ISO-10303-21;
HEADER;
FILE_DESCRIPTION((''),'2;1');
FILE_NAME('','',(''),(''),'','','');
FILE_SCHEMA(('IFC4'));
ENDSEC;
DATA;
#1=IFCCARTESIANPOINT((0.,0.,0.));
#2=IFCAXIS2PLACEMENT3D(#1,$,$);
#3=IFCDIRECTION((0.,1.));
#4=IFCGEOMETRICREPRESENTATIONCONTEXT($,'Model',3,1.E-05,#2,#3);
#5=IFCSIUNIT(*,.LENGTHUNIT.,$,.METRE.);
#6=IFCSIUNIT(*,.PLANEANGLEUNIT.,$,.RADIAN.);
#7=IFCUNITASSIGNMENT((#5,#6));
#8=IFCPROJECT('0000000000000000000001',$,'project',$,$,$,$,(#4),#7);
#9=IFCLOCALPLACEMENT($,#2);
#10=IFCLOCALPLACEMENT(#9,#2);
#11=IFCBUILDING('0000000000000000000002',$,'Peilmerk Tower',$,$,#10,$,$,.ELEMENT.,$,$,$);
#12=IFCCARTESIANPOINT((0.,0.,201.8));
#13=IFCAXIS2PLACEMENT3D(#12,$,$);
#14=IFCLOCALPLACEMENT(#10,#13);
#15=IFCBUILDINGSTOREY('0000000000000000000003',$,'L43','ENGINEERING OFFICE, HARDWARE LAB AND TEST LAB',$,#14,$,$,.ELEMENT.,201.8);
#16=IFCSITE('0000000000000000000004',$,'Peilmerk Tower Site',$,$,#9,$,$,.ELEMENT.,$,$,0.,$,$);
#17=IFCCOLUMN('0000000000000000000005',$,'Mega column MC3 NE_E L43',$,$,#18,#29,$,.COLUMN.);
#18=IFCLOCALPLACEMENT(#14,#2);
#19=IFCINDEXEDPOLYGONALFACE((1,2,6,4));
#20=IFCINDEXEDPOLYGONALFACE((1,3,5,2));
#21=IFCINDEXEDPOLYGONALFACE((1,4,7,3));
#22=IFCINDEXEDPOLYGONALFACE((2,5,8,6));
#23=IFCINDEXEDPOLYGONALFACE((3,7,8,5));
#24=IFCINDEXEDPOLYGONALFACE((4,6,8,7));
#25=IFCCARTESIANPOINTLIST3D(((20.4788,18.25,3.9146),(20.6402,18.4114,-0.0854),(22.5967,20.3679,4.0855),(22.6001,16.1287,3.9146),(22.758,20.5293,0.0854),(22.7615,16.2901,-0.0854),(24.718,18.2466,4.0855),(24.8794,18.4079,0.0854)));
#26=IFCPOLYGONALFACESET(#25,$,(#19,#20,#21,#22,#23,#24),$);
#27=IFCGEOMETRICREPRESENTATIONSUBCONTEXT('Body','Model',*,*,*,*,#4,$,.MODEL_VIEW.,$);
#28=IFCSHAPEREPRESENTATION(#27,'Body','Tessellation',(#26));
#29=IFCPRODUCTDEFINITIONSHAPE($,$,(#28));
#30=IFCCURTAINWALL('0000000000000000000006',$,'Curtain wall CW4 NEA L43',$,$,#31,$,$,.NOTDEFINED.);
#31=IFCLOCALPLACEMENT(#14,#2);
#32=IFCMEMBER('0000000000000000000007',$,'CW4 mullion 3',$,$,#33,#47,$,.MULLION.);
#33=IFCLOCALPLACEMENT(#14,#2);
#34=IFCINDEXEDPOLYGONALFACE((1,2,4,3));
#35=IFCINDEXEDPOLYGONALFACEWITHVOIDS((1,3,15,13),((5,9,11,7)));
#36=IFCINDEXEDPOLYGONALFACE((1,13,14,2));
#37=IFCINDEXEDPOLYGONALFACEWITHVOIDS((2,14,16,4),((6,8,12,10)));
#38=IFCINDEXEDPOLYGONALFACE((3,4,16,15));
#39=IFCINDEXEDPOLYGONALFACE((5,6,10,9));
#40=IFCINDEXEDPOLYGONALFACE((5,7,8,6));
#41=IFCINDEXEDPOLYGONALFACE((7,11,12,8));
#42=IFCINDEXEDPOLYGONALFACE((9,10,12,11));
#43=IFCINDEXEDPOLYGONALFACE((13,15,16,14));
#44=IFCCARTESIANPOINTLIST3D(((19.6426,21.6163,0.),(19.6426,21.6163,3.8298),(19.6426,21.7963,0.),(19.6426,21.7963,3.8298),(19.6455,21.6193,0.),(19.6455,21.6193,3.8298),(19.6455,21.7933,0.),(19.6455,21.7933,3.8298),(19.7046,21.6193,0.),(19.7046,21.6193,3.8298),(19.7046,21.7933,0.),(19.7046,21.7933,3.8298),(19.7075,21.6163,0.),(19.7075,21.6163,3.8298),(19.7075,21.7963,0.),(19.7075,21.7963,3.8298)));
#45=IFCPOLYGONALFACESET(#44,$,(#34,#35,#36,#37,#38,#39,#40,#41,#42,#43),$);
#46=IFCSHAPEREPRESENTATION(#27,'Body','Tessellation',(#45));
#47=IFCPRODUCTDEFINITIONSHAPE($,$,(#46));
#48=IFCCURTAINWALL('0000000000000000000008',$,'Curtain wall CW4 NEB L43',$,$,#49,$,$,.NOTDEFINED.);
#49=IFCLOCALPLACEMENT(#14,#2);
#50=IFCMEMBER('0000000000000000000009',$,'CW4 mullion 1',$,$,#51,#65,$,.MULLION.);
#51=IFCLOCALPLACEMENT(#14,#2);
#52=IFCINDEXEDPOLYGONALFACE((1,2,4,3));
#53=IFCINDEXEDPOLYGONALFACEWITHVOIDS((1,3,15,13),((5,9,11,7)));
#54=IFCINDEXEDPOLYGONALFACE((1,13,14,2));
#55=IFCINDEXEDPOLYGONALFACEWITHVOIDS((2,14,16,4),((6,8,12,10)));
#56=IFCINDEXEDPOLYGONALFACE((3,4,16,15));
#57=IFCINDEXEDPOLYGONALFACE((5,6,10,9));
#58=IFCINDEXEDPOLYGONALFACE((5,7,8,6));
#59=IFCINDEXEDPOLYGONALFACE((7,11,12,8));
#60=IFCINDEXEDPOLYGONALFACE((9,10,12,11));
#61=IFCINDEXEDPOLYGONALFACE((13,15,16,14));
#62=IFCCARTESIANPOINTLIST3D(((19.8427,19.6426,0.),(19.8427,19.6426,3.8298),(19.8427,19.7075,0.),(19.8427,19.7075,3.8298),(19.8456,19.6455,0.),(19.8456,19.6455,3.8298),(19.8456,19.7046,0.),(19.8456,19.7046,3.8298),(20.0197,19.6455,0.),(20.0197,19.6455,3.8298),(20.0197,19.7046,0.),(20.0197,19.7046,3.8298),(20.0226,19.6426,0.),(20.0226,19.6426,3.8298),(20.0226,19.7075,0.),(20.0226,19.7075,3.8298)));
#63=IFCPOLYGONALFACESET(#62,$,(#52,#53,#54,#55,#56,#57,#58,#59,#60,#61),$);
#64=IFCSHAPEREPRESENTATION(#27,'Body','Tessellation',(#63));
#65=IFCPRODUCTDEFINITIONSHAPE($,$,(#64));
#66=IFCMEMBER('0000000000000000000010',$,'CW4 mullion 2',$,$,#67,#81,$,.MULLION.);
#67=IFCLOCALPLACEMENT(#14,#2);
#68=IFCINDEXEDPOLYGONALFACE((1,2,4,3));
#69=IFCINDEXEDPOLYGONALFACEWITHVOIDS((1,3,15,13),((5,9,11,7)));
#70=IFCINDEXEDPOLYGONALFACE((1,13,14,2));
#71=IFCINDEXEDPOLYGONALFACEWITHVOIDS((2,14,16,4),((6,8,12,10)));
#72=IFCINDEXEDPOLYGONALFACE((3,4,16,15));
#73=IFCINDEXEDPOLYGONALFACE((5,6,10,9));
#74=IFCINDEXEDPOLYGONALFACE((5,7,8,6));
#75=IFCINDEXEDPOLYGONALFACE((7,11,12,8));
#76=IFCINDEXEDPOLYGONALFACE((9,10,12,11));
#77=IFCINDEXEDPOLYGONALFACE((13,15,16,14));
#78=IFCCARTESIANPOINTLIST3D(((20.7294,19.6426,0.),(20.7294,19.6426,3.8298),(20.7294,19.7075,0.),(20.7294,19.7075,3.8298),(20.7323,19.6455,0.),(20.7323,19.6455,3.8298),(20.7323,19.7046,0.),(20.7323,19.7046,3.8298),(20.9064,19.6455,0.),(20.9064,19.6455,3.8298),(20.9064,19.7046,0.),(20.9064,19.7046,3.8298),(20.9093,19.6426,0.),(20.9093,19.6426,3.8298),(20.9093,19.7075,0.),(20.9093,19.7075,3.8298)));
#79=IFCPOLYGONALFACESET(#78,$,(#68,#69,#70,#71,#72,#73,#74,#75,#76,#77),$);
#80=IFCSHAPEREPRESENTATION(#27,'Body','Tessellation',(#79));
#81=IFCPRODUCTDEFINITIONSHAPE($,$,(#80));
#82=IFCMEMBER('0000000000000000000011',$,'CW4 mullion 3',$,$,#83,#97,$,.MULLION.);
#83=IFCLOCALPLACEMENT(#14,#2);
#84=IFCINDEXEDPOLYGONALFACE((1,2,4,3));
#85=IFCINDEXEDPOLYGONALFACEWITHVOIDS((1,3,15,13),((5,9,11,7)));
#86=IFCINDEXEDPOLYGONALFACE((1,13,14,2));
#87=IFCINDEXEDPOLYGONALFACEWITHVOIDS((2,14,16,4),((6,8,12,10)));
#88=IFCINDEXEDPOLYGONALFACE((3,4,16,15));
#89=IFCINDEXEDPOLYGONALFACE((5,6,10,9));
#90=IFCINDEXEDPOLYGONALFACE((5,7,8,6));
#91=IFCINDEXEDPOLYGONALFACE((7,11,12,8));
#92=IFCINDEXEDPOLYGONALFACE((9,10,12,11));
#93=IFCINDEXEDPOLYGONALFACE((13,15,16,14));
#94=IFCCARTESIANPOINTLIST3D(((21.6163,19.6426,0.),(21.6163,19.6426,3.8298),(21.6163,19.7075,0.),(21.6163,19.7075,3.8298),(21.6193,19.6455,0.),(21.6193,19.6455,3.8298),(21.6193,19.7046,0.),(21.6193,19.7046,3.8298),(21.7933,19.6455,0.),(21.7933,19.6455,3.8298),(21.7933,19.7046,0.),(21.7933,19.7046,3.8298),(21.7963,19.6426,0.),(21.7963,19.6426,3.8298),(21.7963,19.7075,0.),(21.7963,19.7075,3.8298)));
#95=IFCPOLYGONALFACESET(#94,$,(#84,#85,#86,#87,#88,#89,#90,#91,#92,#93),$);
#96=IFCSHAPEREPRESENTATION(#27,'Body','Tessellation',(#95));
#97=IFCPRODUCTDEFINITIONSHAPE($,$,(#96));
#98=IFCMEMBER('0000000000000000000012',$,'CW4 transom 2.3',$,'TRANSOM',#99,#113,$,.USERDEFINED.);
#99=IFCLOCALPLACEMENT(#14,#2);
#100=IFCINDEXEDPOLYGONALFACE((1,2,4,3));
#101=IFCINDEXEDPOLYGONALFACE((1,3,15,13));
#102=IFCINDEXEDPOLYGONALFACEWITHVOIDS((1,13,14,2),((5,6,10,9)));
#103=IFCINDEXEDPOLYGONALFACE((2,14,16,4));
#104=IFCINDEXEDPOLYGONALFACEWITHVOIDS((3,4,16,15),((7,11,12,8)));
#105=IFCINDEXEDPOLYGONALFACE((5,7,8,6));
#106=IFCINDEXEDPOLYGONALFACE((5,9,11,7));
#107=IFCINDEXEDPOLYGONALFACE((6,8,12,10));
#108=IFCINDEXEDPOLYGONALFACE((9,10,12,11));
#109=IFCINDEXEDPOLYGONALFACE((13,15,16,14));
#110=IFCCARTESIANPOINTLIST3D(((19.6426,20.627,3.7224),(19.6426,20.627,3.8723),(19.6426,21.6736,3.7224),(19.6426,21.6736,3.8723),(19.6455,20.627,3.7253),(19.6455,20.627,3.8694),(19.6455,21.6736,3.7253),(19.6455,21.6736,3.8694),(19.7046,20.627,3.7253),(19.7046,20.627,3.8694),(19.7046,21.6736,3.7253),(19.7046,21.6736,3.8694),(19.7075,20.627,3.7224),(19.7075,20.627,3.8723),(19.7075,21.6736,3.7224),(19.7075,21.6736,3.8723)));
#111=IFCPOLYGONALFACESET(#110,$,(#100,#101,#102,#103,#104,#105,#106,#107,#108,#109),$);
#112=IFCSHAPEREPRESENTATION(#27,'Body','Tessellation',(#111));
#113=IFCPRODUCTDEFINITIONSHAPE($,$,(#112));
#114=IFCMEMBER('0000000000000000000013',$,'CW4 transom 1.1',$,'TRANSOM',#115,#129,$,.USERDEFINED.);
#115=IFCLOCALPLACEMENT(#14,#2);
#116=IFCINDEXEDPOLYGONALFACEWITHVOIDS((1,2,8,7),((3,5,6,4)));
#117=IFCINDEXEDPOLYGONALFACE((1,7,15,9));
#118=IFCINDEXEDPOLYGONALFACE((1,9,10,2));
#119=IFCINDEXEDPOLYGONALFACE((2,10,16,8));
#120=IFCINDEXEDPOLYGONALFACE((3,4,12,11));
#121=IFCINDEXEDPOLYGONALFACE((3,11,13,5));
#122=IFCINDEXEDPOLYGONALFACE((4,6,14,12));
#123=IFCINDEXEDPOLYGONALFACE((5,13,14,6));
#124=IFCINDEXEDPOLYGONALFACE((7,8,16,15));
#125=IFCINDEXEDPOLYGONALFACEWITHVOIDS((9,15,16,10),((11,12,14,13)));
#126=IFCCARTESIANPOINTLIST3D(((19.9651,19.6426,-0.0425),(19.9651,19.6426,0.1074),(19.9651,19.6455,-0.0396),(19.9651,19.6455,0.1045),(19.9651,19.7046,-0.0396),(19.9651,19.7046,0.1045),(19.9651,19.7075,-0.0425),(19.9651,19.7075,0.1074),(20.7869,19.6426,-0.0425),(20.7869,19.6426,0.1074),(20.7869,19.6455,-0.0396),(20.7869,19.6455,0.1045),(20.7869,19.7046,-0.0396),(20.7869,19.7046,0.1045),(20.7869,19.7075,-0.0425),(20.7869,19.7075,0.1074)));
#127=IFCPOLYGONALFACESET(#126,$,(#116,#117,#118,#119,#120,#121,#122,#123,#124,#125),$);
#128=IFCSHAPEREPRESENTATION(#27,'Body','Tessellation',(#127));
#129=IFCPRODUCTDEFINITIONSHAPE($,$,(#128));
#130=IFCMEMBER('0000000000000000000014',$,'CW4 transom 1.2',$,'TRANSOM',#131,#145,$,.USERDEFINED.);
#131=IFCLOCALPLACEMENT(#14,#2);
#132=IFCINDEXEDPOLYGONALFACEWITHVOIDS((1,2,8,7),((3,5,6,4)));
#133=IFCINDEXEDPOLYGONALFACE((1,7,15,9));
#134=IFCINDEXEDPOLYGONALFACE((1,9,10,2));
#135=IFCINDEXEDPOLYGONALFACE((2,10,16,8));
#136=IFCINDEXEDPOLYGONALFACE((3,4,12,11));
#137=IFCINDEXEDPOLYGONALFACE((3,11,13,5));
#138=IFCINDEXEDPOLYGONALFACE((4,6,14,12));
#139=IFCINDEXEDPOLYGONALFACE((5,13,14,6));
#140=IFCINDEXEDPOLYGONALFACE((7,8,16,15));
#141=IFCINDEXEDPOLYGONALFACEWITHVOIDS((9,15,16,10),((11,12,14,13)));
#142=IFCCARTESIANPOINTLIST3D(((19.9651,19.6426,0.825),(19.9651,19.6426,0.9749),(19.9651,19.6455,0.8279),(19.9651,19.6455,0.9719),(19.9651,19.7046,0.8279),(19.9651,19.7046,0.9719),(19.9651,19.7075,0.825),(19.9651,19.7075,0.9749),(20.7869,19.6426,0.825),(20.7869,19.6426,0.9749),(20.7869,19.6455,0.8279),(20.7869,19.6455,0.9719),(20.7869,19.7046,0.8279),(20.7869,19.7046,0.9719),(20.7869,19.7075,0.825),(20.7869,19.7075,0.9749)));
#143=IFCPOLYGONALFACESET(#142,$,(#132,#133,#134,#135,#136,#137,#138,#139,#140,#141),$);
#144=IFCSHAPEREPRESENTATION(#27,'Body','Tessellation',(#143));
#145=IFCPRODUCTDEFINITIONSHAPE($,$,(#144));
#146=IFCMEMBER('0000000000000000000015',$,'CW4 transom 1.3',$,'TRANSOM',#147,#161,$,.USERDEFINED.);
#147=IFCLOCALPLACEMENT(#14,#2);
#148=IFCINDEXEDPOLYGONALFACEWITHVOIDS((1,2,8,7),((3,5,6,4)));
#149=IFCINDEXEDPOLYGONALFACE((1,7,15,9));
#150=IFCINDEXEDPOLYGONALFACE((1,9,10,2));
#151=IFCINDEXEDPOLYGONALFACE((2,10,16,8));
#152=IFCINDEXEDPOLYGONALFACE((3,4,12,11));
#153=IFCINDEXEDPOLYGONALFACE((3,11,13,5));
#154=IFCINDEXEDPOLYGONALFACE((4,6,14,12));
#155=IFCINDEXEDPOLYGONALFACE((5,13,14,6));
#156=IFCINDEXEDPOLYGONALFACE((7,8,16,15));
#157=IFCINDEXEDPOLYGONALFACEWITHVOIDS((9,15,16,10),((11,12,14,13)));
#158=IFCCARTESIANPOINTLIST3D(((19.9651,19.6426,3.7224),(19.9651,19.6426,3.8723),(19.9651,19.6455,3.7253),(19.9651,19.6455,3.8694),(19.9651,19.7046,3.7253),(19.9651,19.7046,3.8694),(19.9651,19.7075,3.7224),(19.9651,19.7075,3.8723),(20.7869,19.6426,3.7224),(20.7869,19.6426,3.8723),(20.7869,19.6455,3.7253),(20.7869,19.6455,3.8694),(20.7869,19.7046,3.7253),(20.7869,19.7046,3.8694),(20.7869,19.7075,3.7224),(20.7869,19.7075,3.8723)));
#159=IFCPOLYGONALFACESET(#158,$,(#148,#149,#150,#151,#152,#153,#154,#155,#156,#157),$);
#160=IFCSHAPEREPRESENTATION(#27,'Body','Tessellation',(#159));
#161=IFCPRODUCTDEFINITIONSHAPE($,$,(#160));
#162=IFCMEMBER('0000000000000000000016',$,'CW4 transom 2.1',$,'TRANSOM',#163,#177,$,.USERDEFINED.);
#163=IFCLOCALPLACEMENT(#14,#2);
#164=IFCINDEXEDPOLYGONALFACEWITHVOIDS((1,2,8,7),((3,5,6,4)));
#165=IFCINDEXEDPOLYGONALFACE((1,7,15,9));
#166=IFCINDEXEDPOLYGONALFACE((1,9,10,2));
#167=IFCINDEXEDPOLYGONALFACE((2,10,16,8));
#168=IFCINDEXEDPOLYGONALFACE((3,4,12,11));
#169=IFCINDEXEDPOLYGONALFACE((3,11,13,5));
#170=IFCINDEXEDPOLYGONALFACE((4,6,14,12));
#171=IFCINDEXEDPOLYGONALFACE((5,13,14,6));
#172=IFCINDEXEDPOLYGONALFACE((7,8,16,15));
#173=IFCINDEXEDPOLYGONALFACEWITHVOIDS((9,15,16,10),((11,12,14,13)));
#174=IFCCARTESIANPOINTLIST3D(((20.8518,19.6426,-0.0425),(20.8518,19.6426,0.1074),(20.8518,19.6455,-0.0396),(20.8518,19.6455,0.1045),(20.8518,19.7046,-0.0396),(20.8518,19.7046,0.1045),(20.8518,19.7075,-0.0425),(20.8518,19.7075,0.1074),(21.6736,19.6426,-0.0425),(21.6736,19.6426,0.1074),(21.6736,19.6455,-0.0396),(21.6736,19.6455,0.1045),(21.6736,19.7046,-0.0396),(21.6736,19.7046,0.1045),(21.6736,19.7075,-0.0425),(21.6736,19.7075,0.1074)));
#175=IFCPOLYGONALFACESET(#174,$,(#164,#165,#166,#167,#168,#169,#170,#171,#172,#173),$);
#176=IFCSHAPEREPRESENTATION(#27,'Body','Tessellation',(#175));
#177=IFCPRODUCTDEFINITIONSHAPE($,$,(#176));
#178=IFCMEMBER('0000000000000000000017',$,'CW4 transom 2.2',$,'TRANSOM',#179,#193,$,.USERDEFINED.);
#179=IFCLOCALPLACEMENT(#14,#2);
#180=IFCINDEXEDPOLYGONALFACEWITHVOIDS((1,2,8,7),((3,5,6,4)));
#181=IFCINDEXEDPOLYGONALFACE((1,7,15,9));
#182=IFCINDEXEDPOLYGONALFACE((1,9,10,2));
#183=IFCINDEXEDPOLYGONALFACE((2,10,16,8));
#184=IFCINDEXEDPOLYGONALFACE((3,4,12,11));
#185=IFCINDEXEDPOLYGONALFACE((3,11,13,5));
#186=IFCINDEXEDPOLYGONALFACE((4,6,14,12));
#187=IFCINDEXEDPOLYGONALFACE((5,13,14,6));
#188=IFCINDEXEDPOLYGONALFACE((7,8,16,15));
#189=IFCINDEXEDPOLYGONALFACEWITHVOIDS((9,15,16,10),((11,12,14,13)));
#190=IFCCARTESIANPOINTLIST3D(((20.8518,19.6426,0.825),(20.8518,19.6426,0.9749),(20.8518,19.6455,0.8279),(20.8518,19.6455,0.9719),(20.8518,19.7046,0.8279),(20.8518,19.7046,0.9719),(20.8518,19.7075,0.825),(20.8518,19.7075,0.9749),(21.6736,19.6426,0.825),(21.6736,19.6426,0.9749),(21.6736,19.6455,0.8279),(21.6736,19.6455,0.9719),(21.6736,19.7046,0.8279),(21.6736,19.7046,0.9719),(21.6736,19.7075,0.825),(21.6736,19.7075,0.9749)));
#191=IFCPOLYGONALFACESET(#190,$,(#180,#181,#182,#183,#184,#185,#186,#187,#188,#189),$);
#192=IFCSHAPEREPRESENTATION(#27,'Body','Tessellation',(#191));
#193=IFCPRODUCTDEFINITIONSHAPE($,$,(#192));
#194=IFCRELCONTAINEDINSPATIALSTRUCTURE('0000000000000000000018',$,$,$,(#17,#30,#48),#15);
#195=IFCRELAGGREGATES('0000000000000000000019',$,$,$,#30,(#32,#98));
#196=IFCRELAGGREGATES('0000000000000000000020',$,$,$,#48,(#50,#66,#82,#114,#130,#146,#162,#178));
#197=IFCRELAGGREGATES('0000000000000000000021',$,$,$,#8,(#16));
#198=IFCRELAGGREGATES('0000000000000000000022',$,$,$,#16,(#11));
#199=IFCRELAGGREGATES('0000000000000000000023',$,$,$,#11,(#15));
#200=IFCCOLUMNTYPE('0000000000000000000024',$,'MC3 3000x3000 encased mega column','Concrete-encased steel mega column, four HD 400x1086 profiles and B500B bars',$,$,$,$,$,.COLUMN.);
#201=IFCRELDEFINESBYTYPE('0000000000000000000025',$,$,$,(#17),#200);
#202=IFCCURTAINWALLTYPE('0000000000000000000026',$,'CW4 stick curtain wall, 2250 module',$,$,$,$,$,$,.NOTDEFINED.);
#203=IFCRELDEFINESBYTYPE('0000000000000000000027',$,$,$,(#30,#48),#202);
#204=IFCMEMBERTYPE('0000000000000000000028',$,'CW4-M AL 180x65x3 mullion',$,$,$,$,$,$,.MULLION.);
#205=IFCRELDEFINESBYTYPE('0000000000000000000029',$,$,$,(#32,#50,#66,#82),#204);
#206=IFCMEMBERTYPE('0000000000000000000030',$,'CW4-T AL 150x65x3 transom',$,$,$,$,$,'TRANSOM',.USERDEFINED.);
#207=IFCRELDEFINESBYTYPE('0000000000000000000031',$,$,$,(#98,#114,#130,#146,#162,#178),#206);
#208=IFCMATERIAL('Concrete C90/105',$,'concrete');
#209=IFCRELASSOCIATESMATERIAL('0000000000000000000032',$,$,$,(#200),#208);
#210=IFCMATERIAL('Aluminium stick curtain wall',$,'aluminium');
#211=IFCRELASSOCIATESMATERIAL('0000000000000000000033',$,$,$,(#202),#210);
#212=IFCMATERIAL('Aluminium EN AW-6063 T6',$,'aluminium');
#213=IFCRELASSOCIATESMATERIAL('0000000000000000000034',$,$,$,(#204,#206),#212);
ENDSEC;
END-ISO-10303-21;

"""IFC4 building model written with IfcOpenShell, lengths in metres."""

from ifc_helpers import new_model, si_unit, direction, frame, origin, origin_2d, place, context, subcontext, project, spatial, rectangle, hollow_rectangle, extrude, material, material_profile, profile_set, type_object, element, aggregate, save


model = new_model("IFC4")

# Units and contexts
model_context = context("Model", 3, precision=1e-05, world=origin(), true_north=direction((0.0, 1.0)))
body_context = subcontext(model_context, "Body", "Model", "MODEL_VIEW")
ifc_project = project(units=[si_unit("LENGTHUNIT", "METRE"), si_unit("PLANEANGLEUNIT", "RADIAN")], contexts=[model_context])

# Site, building, storey
site_placement = place(None, origin())
site = spatial("IfcSite", under=ifc_project, at=site_placement, Name="Peilmerk Tower Site", CompositionType="ELEMENT", RefElevation=0.0)
building_placement = place(site_placement, origin())
building = spatial("IfcBuilding", under=site, at=building_placement, Name="Peilmerk Tower", CompositionType="ELEMENT")
storey_placement = place(building_placement, frame((0.0, 0.0, 201.8)))
storey = spatial("IfcBuildingStorey", under=building, at=storey_placement, Name="L43", Description="ENGINEERING OFFICE, HARDWARE LAB AND TEST LAB", CompositionType="ELEMENT", Elevation=201.8)

# Column
ifc_material_1 = material(Name="Concrete C90/105", Category="concrete")
ifc_material_profile_1 = material_profile(ifc_material_1, rectangle(XDim=3.0, YDim=3.0, at=origin_2d()), Name="RC 3000x3000")
ifc_profile_set_1 = profile_set([ifc_material_profile_1], Name="Concrete C90/105")
column_type = type_object("IfcColumnType", Name="MC3 3000x3000 encased mega column", Description="Concrete-encased steel mega column, four HD 400x1086 profiles and B500B bars", PredefinedType="COLUMN", material=ifc_profile_set_1)
column_placement = place(storey_placement, frame((22.7598, 18.4097, 0.0), z_axis=(-0.040279, -0.040279, 0.998376), x_axis=(0.707107, -0.707107, 0.0)))
element("IfcColumn", 1, at=column_placement, inside=storey, type_object=column_type, Name="Mega column MC3 NE_E L43", PredefinedType="COLUMN", context=body_context, shape_type="SweptSolid", body=[
    extrude(rectangle(XDim=3.0, YDim=3.0, at=origin_2d()), origin(), (0.0, 0.0, 1.0), 4.0066),
])

# Curtain wall, member
ifc_material_2 = material(Name="Aluminium stick curtain wall", Category="aluminium")
curtain_wall_type = type_object("IfcCurtainWallType", Name="CW4 stick curtain wall, 2250 module", PredefinedType="NOTDEFINED", material=ifc_material_2)
curtain_wall_1_placement = place(storey_placement, origin())
curtain_wall_1 = element("IfcCurtainWall", 2, at=curtain_wall_1_placement, inside=storey, type_object=curtain_wall_type, Name="Curtain wall CW4 NEA L43", PredefinedType="NOTDEFINED")
ifc_material_3 = material(Name="Aluminium EN AW-6063 T6", Category="aluminium")
ifc_material_profile_2 = material_profile(ifc_material_3, hollow_rectangle(XDim=0.0649, YDim=0.1799, WallThickness=0.0029, at=origin_2d()), Name="AL 180x65x3")
ifc_profile_set_2 = profile_set([ifc_material_profile_2], Name="Aluminium EN AW-6063 T6")
member_type_1 = type_object("IfcMemberType", Name="CW4-M AL 180x65x3 mullion", PredefinedType="MULLION", material=ifc_profile_set_2)
member_1_placement = place(storey_placement, frame((19.675, 21.7063, 0.0), z_axis=(0.0, 0.0, 1.0), x_axis=(-1.0, 0.0, 0.0)))
member_1 = element("IfcMember", 3, at=member_1_placement, type_object=member_type_1, Name="CW4 mullion 3", PredefinedType="MULLION", context=body_context, shape_type="SweptSolid", body=[
    extrude(hollow_rectangle(XDim=0.0649, YDim=0.1799, WallThickness=0.0029, at=origin_2d()), origin(), (0.0, 0.0, 1.0), 3.8298),
])

# Curtain wall, members
curtain_wall_2_placement = place(storey_placement, origin())
curtain_wall_2 = element("IfcCurtainWall", 4, at=curtain_wall_2_placement, inside=storey, type_object=curtain_wall_type, Name="Curtain wall CW4 NEB L43", PredefinedType="NOTDEFINED")
member_2_placement = place(storey_placement, frame((19.9326, 19.675, 0.0), z_axis=(0.0, 0.0, 1.0), x_axis=(0.0, 1.0, 0.0)))
member_2 = element("IfcMember", 5, at=member_2_placement, type_object=member_type_1, Name="CW4 mullion 1", PredefinedType="MULLION", context=body_context, shape_type="SweptSolid", body=[
    extrude(hollow_rectangle(XDim=0.0649, YDim=0.1799, WallThickness=0.0029, at=origin_2d()), origin(), (0.0, 0.0, 1.0), 3.8298),
])
member_3_placement = place(storey_placement, frame((20.8193, 19.675, 0.0), z_axis=(0.0, 0.0, 1.0), x_axis=(0.0, 1.0, 0.0)))
member_3 = element("IfcMember", 6, at=member_3_placement, type_object=member_type_1, Name="CW4 mullion 2", PredefinedType="MULLION", context=body_context, shape_type="SweptSolid", body=[
    extrude(hollow_rectangle(XDim=0.0649, YDim=0.1799, WallThickness=0.0029, at=origin_2d()), origin(), (0.0, 0.0, 1.0), 3.8298),
])
member_4_placement = place(storey_placement, frame((21.7063, 19.675, 0.0), z_axis=(0.0, 0.0, 1.0), x_axis=(0.0, 1.0, 0.0)))
member_4 = element("IfcMember", 7, at=member_4_placement, type_object=member_type_1, Name="CW4 mullion 3", PredefinedType="MULLION", context=body_context, shape_type="SweptSolid", body=[
    extrude(hollow_rectangle(XDim=0.0649, YDim=0.1799, WallThickness=0.0029, at=origin_2d()), origin(), (0.0, 0.0, 1.0), 3.8298),
])

# Members
ifc_material_profile_3 = material_profile(ifc_material_3, hollow_rectangle(XDim=0.0649, YDim=0.1499, WallThickness=0.0029, at=origin_2d()), Name="AL 150x65x3")
ifc_profile_set_3 = profile_set([ifc_material_profile_3], Name="Aluminium EN AW-6063 T6")
member_type_2 = type_object("IfcMemberType", Name="CW4-T AL 150x65x3 transom", ElementType="TRANSOM", PredefinedType="USERDEFINED", material=ifc_profile_set_3)
member_5_placement = place(storey_placement, frame((19.675, 20.627, 3.7974), z_axis=(0.0, 1.0, 0.0), x_axis=(-1.0, 0.0, 0.0)))
member_5 = element("IfcMember", 8, at=member_5_placement, type_object=member_type_2, Name="CW4 transom 2.3", ObjectType="TRANSOM", PredefinedType="USERDEFINED", context=body_context, shape_type="SweptSolid", body=[
    extrude(hollow_rectangle(XDim=0.0649, YDim=0.1499, WallThickness=0.0029, at=origin_2d()), origin(), (0.0, 0.0, 1.0), 1.0466),
])
member_6_placement = place(storey_placement, frame((19.9651, 19.675, 0.0325), z_axis=(1.0, 0.0, 0.0), x_axis=(0.0, 1.0, 0.0)))
member_6 = element("IfcMember", 9, at=member_6_placement, type_object=member_type_2, Name="CW4 transom 1.1", ObjectType="TRANSOM", PredefinedType="USERDEFINED", context=body_context, shape_type="SweptSolid", body=[
    extrude(hollow_rectangle(XDim=0.0649, YDim=0.1499, WallThickness=0.0029, at=origin_2d()), origin(), (0.0, 0.0, 1.0), 0.8218),
])
member_7_placement = place(storey_placement, frame((19.9651, 19.675, 0.8999), z_axis=(1.0, 0.0, 0.0), x_axis=(0.0, 1.0, 0.0)))
member_7 = element("IfcMember", 10, at=member_7_placement, type_object=member_type_2, Name="CW4 transom 1.2", ObjectType="TRANSOM", PredefinedType="USERDEFINED", context=body_context, shape_type="SweptSolid", body=[
    extrude(hollow_rectangle(XDim=0.0649, YDim=0.1499, WallThickness=0.0029, at=origin_2d()), origin(), (0.0, 0.0, 1.0), 0.8218),
])
member_8_placement = place(storey_placement, frame((19.9651, 19.675, 3.7974), z_axis=(1.0, 0.0, 0.0), x_axis=(0.0, 1.0, 0.0)))
member_8 = element("IfcMember", 11, at=member_8_placement, type_object=member_type_2, Name="CW4 transom 1.3", ObjectType="TRANSOM", PredefinedType="USERDEFINED", context=body_context, shape_type="SweptSolid", body=[
    extrude(hollow_rectangle(XDim=0.0649, YDim=0.1499, WallThickness=0.0029, at=origin_2d()), origin(), (0.0, 0.0, 1.0), 0.8218),
])
member_9_placement = place(storey_placement, frame((20.8518, 19.675, 0.0325), z_axis=(1.0, 0.0, 0.0), x_axis=(0.0, 1.0, 0.0)))
member_9 = element("IfcMember", 12, at=member_9_placement, type_object=member_type_2, Name="CW4 transom 2.1", ObjectType="TRANSOM", PredefinedType="USERDEFINED", context=body_context, shape_type="SweptSolid", body=[
    extrude(hollow_rectangle(XDim=0.0649, YDim=0.1499, WallThickness=0.0029, at=origin_2d()), origin(), (0.0, 0.0, 1.0), 0.8218),
])
member_10_placement = place(storey_placement, frame((20.8518, 19.675, 0.8999), z_axis=(1.0, 0.0, 0.0), x_axis=(0.0, 1.0, 0.0)))
member_10 = element("IfcMember", 13, at=member_10_placement, type_object=member_type_2, Name="CW4 transom 2.2", ObjectType="TRANSOM", PredefinedType="USERDEFINED", context=body_context, shape_type="SweptSolid", body=[
    extrude(hollow_rectangle(XDim=0.0649, YDim=0.1499, WallThickness=0.0029, at=origin_2d()), origin(), (0.0, 0.0, 1.0), 0.8218),
])

aggregate(curtain_wall_1, [member_1, member_5])
aggregate(curtain_wall_2, [member_2, member_3, member_4, member_6, member_7, member_8, member_9, member_10])

save(model, "model.ifc")
